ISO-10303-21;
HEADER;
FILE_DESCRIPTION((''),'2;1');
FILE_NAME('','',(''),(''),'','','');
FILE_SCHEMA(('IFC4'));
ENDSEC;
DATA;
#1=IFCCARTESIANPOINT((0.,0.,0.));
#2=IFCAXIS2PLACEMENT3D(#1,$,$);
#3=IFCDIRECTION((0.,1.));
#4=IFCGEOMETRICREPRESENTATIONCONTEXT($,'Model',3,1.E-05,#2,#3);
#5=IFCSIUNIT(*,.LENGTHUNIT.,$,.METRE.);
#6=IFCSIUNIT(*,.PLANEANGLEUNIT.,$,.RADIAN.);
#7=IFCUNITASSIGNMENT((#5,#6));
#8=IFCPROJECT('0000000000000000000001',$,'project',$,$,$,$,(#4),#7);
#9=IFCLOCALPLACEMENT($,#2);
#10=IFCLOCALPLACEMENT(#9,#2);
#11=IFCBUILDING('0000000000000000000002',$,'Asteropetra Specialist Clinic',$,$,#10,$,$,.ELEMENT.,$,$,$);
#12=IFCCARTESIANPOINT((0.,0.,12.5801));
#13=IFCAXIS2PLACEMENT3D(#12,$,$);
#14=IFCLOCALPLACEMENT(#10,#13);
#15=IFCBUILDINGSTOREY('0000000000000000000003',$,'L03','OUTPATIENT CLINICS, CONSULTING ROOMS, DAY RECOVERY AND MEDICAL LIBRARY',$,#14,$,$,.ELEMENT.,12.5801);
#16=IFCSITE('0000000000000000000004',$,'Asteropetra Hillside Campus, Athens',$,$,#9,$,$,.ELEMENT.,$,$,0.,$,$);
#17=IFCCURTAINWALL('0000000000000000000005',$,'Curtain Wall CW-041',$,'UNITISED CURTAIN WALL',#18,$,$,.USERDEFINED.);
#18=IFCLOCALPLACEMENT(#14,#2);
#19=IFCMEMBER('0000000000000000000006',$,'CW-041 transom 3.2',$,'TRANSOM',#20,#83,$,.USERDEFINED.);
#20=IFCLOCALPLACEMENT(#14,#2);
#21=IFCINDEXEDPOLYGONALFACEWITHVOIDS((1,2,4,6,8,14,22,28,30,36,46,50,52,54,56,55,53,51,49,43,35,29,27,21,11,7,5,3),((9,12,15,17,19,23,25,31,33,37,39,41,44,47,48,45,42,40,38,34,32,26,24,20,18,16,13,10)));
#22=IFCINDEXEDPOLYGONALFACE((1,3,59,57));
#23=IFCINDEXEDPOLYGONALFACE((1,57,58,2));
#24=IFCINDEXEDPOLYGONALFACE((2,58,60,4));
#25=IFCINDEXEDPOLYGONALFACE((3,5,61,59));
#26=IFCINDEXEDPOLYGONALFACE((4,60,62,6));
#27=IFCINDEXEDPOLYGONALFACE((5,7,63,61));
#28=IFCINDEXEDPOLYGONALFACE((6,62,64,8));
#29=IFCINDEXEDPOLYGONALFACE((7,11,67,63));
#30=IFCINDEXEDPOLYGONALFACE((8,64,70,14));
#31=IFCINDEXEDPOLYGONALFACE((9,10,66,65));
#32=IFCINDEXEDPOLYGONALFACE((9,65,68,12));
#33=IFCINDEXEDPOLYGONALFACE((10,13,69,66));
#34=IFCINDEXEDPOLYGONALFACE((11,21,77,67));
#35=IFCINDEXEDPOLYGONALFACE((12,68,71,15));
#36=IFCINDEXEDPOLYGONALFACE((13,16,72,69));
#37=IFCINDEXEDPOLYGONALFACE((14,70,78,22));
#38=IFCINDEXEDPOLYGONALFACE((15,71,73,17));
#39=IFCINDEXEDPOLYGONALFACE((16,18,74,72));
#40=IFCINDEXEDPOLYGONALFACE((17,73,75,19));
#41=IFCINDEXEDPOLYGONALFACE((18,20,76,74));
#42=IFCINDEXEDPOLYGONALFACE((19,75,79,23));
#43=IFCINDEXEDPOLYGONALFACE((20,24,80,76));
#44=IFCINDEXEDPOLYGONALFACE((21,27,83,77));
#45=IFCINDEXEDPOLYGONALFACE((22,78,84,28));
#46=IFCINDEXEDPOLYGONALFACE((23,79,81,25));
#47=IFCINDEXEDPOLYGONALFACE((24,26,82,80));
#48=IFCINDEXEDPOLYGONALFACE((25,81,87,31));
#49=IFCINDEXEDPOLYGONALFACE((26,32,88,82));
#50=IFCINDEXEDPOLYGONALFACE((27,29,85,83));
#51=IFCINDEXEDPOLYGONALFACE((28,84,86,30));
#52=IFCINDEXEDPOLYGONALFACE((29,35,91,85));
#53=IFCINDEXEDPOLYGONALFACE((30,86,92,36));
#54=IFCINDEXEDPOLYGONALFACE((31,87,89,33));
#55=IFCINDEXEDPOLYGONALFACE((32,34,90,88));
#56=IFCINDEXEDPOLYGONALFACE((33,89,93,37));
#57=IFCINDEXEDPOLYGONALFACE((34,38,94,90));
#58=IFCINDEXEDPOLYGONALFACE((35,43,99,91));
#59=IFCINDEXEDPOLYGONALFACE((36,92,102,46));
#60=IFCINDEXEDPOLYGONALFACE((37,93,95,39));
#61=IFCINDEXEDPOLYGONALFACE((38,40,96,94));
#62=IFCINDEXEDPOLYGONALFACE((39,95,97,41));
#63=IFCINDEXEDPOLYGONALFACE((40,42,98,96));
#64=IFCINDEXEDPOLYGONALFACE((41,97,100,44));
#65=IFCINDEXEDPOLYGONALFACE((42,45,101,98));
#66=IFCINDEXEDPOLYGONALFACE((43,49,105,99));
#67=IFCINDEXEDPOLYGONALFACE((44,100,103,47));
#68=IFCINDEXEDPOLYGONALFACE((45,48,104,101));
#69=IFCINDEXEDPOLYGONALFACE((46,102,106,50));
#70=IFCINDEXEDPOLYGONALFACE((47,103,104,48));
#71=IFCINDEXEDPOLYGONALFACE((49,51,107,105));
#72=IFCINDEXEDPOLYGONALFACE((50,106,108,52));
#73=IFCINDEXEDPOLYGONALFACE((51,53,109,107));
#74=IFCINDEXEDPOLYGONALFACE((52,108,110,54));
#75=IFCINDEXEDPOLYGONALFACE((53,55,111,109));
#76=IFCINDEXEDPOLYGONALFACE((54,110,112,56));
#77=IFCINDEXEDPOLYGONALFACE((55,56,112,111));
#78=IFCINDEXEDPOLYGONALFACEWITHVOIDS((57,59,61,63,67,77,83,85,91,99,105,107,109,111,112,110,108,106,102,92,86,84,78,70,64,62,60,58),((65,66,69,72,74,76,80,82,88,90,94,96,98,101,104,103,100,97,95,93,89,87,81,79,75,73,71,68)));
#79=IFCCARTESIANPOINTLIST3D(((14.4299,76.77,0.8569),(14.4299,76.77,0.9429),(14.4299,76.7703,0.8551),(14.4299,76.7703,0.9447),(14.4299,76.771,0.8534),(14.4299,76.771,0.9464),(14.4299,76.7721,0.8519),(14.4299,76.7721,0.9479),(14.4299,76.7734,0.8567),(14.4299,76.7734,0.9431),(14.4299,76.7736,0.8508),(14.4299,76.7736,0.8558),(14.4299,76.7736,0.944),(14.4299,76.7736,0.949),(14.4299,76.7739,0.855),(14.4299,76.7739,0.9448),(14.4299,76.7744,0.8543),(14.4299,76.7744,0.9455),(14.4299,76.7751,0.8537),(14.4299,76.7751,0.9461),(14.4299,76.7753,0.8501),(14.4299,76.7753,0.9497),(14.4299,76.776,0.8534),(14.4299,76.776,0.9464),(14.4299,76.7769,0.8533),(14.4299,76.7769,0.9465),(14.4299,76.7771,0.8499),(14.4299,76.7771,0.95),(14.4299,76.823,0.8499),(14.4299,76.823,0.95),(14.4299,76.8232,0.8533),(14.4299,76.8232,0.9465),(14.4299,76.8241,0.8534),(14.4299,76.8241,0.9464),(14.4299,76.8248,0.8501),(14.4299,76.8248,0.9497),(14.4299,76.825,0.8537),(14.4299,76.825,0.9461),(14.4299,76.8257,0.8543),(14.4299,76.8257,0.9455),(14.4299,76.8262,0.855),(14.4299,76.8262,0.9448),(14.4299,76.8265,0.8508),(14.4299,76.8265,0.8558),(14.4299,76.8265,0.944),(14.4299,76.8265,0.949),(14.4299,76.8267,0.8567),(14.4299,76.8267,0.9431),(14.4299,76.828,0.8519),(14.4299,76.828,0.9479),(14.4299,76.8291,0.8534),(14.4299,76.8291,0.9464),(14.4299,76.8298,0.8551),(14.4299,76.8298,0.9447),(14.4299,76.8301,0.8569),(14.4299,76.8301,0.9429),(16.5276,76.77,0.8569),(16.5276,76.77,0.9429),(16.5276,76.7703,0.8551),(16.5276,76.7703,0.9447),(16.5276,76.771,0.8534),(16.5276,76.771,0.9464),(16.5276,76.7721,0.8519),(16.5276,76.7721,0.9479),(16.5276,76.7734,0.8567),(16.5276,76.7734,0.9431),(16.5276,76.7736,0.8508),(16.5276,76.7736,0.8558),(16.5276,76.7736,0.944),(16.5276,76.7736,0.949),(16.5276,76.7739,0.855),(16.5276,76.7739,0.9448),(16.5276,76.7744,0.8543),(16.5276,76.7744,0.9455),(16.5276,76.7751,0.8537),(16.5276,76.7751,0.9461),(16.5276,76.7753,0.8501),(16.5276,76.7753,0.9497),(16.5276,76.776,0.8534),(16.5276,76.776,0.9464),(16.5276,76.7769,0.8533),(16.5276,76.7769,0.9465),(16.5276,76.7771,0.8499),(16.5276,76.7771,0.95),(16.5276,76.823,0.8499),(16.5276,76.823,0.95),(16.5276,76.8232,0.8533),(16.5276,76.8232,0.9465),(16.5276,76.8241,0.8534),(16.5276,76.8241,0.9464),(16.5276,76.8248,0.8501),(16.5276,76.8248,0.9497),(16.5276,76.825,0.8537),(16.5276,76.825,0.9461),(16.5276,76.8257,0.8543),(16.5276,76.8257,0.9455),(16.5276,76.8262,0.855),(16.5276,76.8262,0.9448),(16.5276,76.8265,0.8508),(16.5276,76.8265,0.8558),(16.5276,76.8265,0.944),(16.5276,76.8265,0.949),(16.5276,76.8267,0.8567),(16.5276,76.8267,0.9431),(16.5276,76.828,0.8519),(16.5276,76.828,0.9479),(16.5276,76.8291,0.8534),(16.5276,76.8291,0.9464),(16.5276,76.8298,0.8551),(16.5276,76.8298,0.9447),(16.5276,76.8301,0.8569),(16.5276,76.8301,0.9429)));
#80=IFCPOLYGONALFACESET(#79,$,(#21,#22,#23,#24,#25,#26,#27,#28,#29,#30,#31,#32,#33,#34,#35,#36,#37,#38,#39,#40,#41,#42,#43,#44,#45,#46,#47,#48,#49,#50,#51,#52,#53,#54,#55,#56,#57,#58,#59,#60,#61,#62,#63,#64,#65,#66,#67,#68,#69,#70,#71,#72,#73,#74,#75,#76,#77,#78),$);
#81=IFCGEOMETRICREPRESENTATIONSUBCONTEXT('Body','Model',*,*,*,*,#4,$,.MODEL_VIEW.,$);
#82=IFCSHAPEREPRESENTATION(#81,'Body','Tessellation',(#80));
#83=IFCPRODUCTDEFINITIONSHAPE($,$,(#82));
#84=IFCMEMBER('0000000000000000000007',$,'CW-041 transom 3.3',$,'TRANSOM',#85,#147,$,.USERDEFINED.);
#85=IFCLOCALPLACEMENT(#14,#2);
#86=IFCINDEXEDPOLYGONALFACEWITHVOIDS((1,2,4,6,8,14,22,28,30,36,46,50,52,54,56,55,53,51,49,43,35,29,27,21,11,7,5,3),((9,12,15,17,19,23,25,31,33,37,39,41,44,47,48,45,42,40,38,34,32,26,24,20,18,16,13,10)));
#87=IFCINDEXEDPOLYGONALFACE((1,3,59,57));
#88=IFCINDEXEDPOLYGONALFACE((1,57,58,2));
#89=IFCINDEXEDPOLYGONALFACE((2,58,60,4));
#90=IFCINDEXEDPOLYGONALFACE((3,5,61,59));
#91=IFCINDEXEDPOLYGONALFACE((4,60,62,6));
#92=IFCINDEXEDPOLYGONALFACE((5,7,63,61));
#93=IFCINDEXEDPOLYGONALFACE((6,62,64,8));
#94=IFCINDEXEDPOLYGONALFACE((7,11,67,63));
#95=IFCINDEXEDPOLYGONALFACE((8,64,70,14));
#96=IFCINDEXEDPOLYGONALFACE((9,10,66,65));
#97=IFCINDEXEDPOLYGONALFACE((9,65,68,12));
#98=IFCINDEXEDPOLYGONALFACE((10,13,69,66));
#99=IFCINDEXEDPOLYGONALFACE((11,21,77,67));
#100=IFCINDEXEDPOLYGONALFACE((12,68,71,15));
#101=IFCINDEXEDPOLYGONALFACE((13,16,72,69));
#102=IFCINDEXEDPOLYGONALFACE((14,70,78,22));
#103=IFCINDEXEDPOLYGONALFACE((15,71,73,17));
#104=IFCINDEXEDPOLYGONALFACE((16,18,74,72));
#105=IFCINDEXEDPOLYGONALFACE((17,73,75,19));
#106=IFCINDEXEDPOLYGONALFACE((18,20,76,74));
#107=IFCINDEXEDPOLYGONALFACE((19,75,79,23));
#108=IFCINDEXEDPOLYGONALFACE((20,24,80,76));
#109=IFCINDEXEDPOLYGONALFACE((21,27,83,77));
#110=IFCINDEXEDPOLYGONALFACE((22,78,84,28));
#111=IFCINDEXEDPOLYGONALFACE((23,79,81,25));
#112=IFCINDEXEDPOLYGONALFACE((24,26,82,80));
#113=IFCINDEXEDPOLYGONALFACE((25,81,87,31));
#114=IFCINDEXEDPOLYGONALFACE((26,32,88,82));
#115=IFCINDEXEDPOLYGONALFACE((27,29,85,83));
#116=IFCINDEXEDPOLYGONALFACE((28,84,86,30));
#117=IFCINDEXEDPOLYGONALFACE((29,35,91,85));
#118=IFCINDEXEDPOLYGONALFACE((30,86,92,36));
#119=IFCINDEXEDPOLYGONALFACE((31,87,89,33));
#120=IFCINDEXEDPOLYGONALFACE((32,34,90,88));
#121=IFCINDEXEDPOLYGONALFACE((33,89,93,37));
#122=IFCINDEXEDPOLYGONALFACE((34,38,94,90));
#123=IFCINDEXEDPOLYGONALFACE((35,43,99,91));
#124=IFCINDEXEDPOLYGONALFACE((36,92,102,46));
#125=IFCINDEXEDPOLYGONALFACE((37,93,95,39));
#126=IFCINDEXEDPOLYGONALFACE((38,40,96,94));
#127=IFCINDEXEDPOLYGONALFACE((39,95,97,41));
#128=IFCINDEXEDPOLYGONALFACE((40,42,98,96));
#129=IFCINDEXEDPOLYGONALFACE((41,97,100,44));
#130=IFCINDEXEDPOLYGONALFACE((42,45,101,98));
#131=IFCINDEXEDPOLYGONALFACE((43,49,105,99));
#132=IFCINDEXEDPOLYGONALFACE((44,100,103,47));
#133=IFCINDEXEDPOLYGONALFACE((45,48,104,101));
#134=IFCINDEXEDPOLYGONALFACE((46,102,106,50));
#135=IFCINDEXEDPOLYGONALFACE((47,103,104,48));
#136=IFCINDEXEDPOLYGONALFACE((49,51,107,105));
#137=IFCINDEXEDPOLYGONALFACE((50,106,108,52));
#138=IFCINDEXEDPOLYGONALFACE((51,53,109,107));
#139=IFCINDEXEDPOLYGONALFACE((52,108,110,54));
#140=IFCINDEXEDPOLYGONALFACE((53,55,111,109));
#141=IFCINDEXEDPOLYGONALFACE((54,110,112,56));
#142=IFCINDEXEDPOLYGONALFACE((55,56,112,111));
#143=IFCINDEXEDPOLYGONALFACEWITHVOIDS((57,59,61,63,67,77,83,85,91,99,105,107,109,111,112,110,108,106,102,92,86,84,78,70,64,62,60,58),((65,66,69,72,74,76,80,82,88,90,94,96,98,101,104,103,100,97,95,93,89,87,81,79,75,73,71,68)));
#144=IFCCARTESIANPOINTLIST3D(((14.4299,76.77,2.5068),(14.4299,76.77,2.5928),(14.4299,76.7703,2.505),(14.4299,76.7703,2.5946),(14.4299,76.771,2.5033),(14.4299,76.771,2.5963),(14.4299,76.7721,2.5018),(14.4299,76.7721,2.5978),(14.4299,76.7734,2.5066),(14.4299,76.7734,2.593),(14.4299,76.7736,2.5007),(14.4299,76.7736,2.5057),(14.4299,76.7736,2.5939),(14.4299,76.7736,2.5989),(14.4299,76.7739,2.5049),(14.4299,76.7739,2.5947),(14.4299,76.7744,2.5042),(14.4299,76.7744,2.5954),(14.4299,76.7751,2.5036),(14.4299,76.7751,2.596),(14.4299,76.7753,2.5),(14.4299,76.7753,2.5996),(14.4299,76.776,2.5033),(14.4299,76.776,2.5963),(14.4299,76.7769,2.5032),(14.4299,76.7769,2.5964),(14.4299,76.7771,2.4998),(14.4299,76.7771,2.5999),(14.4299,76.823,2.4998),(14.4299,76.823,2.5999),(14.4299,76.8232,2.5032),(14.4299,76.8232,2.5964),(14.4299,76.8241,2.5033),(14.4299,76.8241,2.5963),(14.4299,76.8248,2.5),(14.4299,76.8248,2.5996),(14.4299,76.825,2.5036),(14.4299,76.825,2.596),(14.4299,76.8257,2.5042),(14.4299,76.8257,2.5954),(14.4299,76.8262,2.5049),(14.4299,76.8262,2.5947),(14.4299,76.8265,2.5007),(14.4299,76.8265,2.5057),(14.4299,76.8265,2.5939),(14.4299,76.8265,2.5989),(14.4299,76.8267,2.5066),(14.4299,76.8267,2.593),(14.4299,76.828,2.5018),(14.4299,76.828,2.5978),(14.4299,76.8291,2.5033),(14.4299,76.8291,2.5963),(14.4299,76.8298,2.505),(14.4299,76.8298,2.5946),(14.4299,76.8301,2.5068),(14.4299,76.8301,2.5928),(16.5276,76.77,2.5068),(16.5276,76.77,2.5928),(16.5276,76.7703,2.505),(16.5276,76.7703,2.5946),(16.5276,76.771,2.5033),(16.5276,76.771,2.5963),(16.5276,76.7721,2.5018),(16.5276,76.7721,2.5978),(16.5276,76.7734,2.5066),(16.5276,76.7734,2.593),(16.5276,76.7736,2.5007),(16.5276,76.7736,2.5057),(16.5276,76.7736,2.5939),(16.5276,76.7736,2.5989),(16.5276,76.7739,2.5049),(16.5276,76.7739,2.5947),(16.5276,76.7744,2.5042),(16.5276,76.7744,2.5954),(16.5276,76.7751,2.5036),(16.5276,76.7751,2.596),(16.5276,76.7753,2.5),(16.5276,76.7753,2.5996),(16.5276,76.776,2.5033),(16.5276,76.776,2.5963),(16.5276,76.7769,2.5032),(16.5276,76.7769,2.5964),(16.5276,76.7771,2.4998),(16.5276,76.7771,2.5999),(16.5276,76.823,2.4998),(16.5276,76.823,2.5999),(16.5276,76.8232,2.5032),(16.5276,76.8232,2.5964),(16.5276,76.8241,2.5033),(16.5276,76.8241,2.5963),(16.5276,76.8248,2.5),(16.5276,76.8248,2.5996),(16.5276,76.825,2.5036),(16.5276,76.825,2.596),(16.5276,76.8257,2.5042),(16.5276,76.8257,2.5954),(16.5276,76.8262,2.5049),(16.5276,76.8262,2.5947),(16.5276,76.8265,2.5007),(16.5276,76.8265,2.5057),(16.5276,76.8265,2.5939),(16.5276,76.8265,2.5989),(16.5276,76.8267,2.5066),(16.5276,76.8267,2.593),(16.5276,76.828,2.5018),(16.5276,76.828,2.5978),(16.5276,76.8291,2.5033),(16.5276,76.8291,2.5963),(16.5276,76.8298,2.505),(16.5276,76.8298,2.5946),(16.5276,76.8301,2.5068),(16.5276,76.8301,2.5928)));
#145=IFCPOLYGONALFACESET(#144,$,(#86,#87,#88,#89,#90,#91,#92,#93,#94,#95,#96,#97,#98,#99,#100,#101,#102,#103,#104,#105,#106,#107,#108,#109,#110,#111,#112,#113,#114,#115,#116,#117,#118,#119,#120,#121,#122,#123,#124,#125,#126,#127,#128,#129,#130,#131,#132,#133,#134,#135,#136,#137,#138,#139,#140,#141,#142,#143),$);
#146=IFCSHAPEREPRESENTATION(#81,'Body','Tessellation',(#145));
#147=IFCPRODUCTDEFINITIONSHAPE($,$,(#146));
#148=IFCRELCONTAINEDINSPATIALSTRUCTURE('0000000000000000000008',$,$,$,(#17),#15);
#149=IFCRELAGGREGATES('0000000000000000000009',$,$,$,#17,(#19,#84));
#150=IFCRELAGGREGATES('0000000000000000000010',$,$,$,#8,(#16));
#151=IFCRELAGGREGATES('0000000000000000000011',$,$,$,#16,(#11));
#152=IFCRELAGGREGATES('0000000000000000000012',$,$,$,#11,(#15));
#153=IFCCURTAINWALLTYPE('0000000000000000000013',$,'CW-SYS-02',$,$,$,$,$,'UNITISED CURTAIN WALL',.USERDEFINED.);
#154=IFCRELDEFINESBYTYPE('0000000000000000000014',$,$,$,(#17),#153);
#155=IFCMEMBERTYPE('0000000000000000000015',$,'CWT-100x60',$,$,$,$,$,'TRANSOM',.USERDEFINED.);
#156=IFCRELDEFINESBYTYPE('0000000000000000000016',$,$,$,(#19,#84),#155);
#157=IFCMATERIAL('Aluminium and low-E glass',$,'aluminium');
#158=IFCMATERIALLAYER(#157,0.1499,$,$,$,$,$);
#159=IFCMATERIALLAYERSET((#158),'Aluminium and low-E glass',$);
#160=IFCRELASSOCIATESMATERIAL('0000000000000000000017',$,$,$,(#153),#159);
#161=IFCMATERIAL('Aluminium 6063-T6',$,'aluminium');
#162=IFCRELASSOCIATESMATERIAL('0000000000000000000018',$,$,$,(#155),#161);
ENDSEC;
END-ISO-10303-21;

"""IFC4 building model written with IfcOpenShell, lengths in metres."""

from ifc_helpers import new_model, si_unit, direction, frame, origin, origin_2d, place, context, subcontext, project, spatial, hollow_rectangle, extrude, material, layer, layer_set, material_profile, profile_set, type_object, element, aggregate, save


model = new_model("IFC4")

# Units and contexts
model_context = context("Model", 3, precision=1e-05, world=origin(), true_north=direction((0.0, 1.0)))
body_context = subcontext(model_context, "Body", "Model", "MODEL_VIEW")
ifc_project = project(units=[si_unit("LENGTHUNIT", "METRE"), si_unit("PLANEANGLEUNIT", "RADIAN")], contexts=[model_context])

# Site, building, storey
site_placement = place(None, origin())
site = spatial("IfcSite", under=ifc_project, at=site_placement, Name="Asteropetra Hillside Campus, Athens", CompositionType="ELEMENT", RefElevation=0.0)
building_placement = place(site_placement, origin())
building = spatial("IfcBuilding", under=site, at=building_placement, Name="Asteropetra Specialist Clinic", CompositionType="ELEMENT")
storey_placement = place(building_placement, frame((0.0, 0.0, 12.5801)))
storey = spatial("IfcBuildingStorey", under=building, at=storey_placement, Name="L03", Description="OUTPATIENT CLINICS, CONSULTING ROOMS, DAY RECOVERY AND MEDICAL LIBRARY", CompositionType="ELEMENT", Elevation=12.5801)

# Curtain wall, members
ifc_material_1 = material(Name="Aluminium and low-E glass", Category="aluminium")
ifc_layer_1 = layer(ifc_material_1, 0.1499)
ifc_layer_set_1 = layer_set([ifc_layer_1], Name="Aluminium and low-E glass")
curtain_wall_type = type_object("IfcCurtainWallType", Name="CW-SYS-02", ElementType="UNITISED CURTAIN WALL", PredefinedType="USERDEFINED", material=ifc_layer_set_1)
curtain_wall_placement = place(storey_placement, origin())
curtain_wall = element("IfcCurtainWall", 1, at=curtain_wall_placement, inside=storey, type_object=curtain_wall_type, Name="Curtain Wall CW-041", ObjectType="UNITISED CURTAIN WALL", PredefinedType="USERDEFINED")
ifc_material_2 = material(Name="Aluminium 6063-T6", Category="aluminium")
ifc_material_profile_1 = material_profile(ifc_material_2, hollow_rectangle(XDim=0.0601, YDim=0.1001, WallThickness=0.0034, InnerFilletRadius=0.0034, OuterFilletRadius=0.0071, at=origin_2d()), Name="TRN 100x60x3.5")
ifc_profile_set_1 = profile_set([ifc_material_profile_1], Name="Aluminium 6063-T6")
member_type_1 = type_object("IfcMemberType", Name="CWT-100x60", ElementType="TRANSOM", PredefinedType="USERDEFINED", material=ifc_profile_set_1)
member_1_placement = place(storey_placement, frame((14.4299, 76.8, 0.8999), z_axis=(1.0, 0.0, 0.0), x_axis=(0.0, 1.0, 0.0)))
member_1 = element("IfcMember", 2, at=member_1_placement, type_object=member_type_1, Name="CW-041 transom 3.2", ObjectType="TRANSOM", PredefinedType="USERDEFINED", context=body_context, shape_type="SweptSolid", body=[
    extrude(hollow_rectangle(XDim=0.0601, YDim=0.1001, WallThickness=0.0034, InnerFilletRadius=0.0034, OuterFilletRadius=0.0071, at=origin_2d()), origin(), (0.0, 0.0, 1.0), 2.0977),
])
member_2_placement = place(storey_placement, frame((14.4299, 76.8, 2.5498), z_axis=(1.0, 0.0, 0.0), x_axis=(0.0, 1.0, 0.0)))
member_2 = element("IfcMember", 3, at=member_2_placement, type_object=member_type_1, Name="CW-041 transom 3.3", ObjectType="TRANSOM", PredefinedType="USERDEFINED", context=body_context, shape_type="SweptSolid", body=[
    extrude(hollow_rectangle(XDim=0.0601, YDim=0.1001, WallThickness=0.0034, InnerFilletRadius=0.0034, OuterFilletRadius=0.0071, at=origin_2d()), origin(), (0.0, 0.0, 1.0), 2.0977),
])

aggregate(curtain_wall, [member_1, member_2])

save(model, "model.ifc")
